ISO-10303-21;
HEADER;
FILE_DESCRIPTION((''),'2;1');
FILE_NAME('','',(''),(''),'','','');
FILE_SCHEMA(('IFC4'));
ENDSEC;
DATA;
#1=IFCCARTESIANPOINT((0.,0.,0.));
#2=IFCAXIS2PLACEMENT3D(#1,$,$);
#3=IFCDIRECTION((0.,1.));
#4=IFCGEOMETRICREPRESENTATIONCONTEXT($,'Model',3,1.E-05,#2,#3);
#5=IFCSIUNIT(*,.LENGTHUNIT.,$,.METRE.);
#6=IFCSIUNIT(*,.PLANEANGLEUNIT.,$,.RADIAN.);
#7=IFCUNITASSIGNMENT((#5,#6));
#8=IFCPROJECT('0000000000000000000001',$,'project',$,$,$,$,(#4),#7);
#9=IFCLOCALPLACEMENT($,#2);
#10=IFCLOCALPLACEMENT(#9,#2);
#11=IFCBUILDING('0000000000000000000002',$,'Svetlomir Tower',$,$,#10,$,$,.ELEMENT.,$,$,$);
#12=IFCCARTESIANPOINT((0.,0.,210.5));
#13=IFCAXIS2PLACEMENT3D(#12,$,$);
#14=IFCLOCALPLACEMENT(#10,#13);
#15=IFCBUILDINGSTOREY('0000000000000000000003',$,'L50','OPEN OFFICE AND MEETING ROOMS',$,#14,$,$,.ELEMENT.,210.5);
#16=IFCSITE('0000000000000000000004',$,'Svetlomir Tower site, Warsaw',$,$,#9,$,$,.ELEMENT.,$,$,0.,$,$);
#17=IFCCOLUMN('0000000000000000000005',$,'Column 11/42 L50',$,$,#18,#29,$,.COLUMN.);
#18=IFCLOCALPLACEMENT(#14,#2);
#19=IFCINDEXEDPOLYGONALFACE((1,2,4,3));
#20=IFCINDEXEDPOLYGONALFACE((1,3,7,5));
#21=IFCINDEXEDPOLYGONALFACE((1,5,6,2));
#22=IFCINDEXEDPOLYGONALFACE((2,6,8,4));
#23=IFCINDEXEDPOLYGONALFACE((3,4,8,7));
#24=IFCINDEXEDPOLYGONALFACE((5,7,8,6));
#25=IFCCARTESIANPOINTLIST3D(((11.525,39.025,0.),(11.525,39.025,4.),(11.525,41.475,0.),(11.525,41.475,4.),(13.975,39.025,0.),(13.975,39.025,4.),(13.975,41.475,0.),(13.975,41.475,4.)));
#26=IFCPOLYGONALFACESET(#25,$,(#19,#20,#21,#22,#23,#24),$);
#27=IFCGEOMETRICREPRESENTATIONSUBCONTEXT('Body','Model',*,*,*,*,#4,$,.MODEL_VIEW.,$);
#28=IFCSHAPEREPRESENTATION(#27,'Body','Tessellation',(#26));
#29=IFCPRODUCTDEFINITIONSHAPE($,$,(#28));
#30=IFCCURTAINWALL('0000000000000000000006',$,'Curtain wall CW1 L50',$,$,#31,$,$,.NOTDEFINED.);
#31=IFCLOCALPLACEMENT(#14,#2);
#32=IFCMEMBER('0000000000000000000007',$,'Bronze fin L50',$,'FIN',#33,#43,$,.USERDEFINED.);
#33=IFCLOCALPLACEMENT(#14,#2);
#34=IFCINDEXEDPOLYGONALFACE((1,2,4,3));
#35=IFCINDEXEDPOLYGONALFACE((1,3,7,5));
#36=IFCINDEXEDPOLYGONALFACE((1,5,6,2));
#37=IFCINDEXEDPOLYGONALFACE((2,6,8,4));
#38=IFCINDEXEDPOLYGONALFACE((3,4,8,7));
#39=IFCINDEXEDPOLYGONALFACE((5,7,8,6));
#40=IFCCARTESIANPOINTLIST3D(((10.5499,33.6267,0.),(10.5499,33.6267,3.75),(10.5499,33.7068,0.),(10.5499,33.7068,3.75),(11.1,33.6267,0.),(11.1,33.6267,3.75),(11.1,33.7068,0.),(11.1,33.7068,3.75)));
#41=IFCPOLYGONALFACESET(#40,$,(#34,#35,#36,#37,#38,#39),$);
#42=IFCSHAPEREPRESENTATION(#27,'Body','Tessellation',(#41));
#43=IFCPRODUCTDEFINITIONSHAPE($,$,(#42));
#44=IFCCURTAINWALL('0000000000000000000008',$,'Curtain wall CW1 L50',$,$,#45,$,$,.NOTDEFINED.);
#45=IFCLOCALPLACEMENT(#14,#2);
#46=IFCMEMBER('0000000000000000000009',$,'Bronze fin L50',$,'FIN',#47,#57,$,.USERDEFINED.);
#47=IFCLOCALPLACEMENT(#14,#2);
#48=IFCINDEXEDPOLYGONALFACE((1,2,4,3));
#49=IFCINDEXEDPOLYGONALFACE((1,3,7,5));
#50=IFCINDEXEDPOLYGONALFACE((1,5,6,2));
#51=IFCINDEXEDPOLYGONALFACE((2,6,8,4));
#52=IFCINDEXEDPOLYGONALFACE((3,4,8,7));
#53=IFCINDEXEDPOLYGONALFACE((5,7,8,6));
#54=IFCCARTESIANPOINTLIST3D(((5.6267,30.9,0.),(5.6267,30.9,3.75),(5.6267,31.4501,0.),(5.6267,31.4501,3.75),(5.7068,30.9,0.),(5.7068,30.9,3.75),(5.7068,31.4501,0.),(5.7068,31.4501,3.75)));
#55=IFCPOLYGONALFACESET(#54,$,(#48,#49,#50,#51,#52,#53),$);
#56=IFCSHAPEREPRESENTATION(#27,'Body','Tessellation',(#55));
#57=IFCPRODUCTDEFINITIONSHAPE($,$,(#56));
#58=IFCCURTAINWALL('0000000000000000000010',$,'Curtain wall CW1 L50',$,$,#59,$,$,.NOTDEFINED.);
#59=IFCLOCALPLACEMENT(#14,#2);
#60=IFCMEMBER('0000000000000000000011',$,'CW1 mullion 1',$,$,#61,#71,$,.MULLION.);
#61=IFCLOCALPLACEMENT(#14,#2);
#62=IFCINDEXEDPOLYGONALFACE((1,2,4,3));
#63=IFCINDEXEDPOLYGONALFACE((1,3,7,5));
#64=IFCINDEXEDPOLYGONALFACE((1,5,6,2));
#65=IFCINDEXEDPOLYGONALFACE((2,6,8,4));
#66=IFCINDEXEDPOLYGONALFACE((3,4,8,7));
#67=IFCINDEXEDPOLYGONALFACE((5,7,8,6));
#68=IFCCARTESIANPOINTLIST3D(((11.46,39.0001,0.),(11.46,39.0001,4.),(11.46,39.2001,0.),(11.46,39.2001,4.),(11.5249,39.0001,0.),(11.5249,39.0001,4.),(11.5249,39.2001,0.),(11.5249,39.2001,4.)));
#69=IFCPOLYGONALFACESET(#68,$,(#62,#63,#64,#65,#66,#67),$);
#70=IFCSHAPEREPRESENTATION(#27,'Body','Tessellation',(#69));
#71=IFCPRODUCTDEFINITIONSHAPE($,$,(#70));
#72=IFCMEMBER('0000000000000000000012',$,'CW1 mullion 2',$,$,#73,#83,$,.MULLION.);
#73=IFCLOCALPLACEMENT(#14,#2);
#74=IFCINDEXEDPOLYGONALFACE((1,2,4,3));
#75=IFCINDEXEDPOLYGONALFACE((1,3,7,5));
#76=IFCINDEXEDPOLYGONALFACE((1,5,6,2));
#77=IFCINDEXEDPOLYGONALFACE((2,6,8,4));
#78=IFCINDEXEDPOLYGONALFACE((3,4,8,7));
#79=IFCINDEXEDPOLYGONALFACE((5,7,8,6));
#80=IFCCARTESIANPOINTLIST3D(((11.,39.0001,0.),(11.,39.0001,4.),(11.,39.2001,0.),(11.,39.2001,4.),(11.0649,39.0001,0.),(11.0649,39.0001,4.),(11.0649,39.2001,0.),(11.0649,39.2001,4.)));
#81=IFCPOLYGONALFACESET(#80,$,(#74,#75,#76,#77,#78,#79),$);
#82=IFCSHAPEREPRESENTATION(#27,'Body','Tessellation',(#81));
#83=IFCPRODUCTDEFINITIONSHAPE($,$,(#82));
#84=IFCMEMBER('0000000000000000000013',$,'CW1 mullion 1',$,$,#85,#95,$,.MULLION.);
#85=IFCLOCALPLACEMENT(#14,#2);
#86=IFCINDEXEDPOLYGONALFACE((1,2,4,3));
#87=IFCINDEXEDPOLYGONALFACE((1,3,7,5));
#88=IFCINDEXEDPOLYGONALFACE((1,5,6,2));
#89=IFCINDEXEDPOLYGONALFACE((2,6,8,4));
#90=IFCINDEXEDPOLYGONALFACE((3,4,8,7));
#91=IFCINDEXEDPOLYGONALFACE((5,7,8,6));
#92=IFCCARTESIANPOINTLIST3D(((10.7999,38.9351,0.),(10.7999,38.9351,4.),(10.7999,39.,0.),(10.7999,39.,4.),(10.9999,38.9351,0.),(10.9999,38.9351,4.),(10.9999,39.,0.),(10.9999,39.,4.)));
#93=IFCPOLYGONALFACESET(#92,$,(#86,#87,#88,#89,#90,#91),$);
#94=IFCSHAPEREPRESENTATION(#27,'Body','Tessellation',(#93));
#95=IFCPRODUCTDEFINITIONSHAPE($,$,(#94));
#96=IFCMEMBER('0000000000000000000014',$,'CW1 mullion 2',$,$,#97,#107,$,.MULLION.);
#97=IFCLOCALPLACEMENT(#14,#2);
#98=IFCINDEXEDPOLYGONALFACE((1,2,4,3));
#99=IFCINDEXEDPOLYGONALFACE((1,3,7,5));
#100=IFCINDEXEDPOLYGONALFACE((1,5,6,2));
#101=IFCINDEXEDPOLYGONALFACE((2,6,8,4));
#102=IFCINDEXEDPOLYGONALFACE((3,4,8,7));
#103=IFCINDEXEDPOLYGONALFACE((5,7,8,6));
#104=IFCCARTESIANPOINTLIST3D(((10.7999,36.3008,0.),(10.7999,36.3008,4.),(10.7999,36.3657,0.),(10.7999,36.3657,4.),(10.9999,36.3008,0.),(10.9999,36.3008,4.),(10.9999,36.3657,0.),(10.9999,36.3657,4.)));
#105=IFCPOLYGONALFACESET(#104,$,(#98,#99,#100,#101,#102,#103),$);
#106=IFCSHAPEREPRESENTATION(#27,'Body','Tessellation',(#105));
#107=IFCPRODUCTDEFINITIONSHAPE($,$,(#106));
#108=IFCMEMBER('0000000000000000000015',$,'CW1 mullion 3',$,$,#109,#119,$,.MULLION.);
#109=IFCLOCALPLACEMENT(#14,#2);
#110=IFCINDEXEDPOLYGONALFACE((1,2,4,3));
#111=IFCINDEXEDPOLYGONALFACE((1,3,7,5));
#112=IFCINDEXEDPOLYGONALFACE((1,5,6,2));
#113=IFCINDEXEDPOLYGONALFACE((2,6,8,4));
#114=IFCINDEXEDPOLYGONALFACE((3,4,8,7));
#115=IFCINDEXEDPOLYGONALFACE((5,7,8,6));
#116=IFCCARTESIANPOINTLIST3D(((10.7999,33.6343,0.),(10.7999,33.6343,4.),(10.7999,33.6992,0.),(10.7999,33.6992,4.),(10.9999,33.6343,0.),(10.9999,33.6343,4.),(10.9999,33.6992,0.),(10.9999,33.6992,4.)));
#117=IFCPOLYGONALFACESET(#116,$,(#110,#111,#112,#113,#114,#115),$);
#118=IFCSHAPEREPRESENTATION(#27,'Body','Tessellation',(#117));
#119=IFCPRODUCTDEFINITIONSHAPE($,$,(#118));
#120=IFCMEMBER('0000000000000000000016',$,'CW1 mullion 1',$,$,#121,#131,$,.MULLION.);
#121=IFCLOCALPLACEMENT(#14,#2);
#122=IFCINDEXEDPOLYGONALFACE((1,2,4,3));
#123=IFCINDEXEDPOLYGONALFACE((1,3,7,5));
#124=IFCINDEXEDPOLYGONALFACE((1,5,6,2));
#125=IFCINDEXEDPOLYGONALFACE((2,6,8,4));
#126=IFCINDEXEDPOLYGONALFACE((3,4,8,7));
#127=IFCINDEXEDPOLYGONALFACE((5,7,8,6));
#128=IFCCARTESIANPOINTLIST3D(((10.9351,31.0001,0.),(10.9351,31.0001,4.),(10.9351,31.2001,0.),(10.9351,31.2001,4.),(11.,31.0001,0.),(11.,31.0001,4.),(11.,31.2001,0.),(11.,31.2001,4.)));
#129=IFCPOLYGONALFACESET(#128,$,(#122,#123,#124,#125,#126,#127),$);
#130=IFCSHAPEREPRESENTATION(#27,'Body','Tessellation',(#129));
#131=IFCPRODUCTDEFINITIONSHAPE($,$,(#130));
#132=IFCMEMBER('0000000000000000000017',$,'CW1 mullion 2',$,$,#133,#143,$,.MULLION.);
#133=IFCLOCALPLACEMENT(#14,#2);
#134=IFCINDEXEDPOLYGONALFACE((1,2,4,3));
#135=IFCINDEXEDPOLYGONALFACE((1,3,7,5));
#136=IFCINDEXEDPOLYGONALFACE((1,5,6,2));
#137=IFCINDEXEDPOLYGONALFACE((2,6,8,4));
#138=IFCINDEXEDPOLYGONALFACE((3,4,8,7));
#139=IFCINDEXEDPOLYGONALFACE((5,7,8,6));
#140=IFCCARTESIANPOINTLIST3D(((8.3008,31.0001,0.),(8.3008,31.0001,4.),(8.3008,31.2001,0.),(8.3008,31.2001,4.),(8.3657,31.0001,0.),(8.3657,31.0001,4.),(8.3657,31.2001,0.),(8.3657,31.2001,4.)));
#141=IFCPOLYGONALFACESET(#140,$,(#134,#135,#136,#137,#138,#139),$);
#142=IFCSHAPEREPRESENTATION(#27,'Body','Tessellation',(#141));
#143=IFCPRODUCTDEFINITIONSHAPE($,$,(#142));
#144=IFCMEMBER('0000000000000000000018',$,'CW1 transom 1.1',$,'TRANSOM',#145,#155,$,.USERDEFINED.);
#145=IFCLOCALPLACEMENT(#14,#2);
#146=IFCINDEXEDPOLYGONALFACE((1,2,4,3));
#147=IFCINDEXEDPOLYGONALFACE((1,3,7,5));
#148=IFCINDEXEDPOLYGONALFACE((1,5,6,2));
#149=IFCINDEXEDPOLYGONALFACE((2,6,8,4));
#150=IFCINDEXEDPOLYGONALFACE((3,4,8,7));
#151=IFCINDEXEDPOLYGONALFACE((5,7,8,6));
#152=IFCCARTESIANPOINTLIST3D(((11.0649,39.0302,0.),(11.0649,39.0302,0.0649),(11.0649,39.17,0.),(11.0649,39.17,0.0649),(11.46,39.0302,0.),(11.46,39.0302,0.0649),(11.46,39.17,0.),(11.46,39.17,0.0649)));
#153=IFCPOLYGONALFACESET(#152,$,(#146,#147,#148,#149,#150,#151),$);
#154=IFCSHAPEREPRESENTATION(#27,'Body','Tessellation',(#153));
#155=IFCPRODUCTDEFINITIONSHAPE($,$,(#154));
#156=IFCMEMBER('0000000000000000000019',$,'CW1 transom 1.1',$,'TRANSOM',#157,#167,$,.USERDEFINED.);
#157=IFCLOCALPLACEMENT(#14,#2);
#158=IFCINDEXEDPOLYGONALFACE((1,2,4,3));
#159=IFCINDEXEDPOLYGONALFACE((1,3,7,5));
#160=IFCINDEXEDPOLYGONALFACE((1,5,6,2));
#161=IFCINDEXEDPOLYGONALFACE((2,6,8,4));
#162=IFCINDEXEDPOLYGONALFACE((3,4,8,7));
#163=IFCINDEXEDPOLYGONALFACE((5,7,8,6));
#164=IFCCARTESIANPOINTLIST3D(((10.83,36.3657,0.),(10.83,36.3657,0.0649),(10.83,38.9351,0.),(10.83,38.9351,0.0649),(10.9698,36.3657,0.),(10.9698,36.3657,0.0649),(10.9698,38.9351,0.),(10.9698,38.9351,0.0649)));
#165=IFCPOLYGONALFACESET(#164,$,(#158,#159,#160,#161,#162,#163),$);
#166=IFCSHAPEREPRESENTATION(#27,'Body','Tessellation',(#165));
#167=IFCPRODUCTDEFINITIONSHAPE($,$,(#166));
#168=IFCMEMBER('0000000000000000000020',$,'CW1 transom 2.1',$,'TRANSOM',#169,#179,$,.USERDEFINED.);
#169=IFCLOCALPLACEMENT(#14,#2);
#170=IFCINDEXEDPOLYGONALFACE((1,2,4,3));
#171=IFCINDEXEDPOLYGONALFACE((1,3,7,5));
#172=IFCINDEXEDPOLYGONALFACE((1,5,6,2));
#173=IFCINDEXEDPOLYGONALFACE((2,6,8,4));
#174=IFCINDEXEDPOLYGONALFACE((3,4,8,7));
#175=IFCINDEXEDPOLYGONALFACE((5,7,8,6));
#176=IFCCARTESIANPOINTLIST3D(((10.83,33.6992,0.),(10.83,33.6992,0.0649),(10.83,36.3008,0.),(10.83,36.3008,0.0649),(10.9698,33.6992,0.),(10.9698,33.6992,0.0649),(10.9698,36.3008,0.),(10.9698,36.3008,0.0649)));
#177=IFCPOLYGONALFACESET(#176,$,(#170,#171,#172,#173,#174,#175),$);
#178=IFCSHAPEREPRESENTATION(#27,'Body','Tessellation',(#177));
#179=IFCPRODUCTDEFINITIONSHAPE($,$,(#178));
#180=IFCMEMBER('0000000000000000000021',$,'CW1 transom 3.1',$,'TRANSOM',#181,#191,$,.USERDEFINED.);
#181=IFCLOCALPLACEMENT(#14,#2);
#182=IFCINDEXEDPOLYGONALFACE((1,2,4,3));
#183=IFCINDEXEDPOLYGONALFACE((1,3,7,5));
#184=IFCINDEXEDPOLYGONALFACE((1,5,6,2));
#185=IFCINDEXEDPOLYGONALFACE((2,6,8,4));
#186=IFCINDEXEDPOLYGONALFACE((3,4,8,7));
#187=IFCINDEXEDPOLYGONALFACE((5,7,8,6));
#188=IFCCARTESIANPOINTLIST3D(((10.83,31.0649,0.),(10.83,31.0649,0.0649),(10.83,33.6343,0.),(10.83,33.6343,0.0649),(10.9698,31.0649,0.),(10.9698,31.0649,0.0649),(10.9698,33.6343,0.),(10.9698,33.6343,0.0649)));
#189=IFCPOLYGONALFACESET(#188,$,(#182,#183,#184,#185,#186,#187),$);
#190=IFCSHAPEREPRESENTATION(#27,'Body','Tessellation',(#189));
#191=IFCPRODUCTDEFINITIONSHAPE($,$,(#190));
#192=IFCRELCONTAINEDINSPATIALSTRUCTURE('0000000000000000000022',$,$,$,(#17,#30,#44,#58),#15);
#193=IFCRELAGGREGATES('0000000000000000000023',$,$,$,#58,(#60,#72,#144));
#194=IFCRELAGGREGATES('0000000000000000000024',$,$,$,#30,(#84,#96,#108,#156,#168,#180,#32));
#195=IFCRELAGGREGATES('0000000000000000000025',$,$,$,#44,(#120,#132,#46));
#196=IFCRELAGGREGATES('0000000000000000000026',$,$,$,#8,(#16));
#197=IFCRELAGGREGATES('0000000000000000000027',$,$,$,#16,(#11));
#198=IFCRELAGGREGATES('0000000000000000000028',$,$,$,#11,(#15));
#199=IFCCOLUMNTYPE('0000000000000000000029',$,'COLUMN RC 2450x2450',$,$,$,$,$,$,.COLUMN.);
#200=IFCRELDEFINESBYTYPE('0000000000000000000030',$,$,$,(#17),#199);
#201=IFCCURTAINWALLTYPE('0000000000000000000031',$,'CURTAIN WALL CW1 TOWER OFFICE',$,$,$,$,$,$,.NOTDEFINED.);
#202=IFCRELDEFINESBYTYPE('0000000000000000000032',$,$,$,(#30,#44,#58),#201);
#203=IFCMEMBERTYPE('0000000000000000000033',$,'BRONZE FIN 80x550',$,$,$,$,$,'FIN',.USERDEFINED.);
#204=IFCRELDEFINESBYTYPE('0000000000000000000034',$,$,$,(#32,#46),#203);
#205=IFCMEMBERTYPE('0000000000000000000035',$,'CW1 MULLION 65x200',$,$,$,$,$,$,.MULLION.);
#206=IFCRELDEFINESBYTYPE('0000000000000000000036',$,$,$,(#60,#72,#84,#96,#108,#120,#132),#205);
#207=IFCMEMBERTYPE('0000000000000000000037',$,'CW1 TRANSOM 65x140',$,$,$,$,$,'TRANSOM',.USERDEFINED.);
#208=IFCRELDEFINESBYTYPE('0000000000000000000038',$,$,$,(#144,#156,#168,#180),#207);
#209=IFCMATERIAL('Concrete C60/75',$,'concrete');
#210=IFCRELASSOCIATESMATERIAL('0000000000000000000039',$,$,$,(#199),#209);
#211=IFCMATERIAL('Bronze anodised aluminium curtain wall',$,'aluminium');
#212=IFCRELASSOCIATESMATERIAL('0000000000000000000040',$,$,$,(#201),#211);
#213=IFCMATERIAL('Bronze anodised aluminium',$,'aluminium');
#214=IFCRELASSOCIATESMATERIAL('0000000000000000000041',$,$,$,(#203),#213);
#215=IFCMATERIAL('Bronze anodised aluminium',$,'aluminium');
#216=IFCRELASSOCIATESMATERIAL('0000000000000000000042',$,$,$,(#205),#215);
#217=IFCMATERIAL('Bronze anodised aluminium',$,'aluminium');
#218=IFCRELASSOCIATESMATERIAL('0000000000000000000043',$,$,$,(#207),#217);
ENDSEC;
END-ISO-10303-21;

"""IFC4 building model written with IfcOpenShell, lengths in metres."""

from ifc_helpers import new_model, si_unit, direction, frame, origin, origin_2d, place, context, subcontext, project, spatial, rectangle, extrude, material, material_profile, profile_set, type_object, element, aggregate, save


model = new_model("IFC4")

# Units and contexts
model_context = context("Model", 3, precision=1e-05, world=origin(), true_north=direction((0.0, 1.0)))
body_context = subcontext(model_context, "Body", "Model", "MODEL_VIEW")
ifc_project = project(units=[si_unit("LENGTHUNIT", "METRE"), si_unit("PLANEANGLEUNIT", "RADIAN")], contexts=[model_context])

# Site, building, storey
site_placement = place(None, origin())
site = spatial("IfcSite", under=ifc_project, at=site_placement, Name="Svetlomir Tower site, Warsaw", CompositionType="ELEMENT", RefElevation=0.0)
building_placement = place(site_placement, origin())
building = spatial("IfcBuilding", under=site, at=building_placement, Name="Svetlomir Tower", CompositionType="ELEMENT")
storey_placement = place(building_placement, frame((0.0, 0.0, 210.5)))
storey = spatial("IfcBuildingStorey", under=building, at=storey_placement, Name="L50", Description="OPEN OFFICE AND MEETING ROOMS", CompositionType="ELEMENT", Elevation=210.5)

# Column
ifc_material_1 = material(Name="Concrete C60/75", Category="concrete")
ifc_material_profile_1 = material_profile(ifc_material_1, rectangle(XDim=2.45, YDim=2.45, at=origin_2d()), Name="RC 2450x2450")
ifc_profile_set_1 = profile_set([ifc_material_profile_1], Name="Concrete C60/75")
column_type = type_object("IfcColumnType", Name="COLUMN RC 2450x2450", PredefinedType="COLUMN", material=ifc_profile_set_1)
column_placement = place(storey_placement, frame((12.75, 40.25, 0.0), z_axis=(0.0, 0.0, 1.0), x_axis=(1.0, 0.0, 0.0)))
element("IfcColumn", 1, at=column_placement, inside=storey, type_object=column_type, Name="Column 11/42 L50", PredefinedType="COLUMN", context=body_context, shape_type="SweptSolid", body=[
    extrude(rectangle(XDim=2.45, YDim=2.45, at=origin_2d()), origin(), (0.0, 0.0, 1.0), 4.0),
])

# Curtain walls, members
ifc_material_2 = material(Name="Bronze anodised aluminium curtain wall", Category="aluminium")
curtain_wall_type = type_object("IfcCurtainWallType", Name="CURTAIN WALL CW1 TOWER OFFICE", PredefinedType="NOTDEFINED", material=ifc_material_2)
curtain_wall_1_placement = place(storey_placement, origin())
curtain_wall_1 = element("IfcCurtainWall", 2, at=curtain_wall_1_placement, inside=storey, type_object=curtain_wall_type, Name="Curtain wall CW1 L50", PredefinedType="NOTDEFINED")
ifc_material_3 = material(Name="Bronze anodised aluminium", Category="aluminium")
ifc_material_profile_2 = material_profile(ifc_material_3, rectangle(XDim=0.0801, YDim=0.55, at=origin_2d()), Name="FIN 80x550")
ifc_profile_set_2 = profile_set([ifc_material_profile_2], Name="Bronze anodised aluminium 6063-T6")
member_type_1 = type_object("IfcMemberType", Name="BRONZE FIN 80x550", ElementType="FIN", PredefinedType="USERDEFINED", material=ifc_profile_set_2)
member_1_placement = place(storey_placement, frame((10.825, 33.6667, 0.0), z_axis=(0.0, 0.0, 1.0), x_axis=(0.0, 1.0, 0.0)))
member_1 = element("IfcMember", 3, at=member_1_placement, type_object=member_type_1, Name="Bronze fin L50", ObjectType="FIN", PredefinedType="USERDEFINED", context=body_context, shape_type="SweptSolid", body=[
    extrude(rectangle(XDim=0.0801, YDim=0.55, at=origin_2d()), origin(), (0.0, 0.0, 1.0), 3.75),
])
curtain_wall_2_placement = place(storey_placement, origin())
curtain_wall_2 = element("IfcCurtainWall", 4, at=curtain_wall_2_placement, inside=storey, type_object=curtain_wall_type, Name="Curtain wall CW1 L50", PredefinedType="NOTDEFINED")
member_2_placement = place(storey_placement, frame((5.6667, 31.175, 0.0), z_axis=(0.0, 0.0, 1.0), x_axis=(1.0, 0.0, 0.0)))
member_2 = element("IfcMember", 5, at=member_2_placement, type_object=member_type_1, Name="Bronze fin L50", ObjectType="FIN", PredefinedType="USERDEFINED", context=body_context, shape_type="SweptSolid", body=[
    extrude(rectangle(XDim=0.0801, YDim=0.55, at=origin_2d()), origin(), (0.0, 0.0, 1.0), 3.75),
])

# Curtain wall, members
curtain_wall_3_placement = place(storey_placement, origin())
curtain_wall_3 = element("IfcCurtainWall", 6, at=curtain_wall_3_placement, inside=storey, type_object=curtain_wall_type, Name="Curtain wall CW1 L50", PredefinedType="NOTDEFINED")
ifc_material_4 = material(Name="Bronze anodised aluminium", Category="aluminium")
ifc_material_profile_3 = material_profile(ifc_material_4, rectangle(XDim=0.0649, YDim=0.2, at=origin_2d()), Name="AL 65x200")
ifc_profile_set_3 = profile_set([ifc_material_profile_3], Name="Bronze anodised aluminium 6063-T6")
member_type_2 = type_object("IfcMemberType", Name="CW1 MULLION 65x200", PredefinedType="MULLION", material=ifc_profile_set_3)
member_3_placement = place(storey_placement, frame((11.4924, 39.1001, 0.0), z_axis=(0.0, 0.0, 1.0), x_axis=(-1.0, 0.0, 0.0)))
member_3 = element("IfcMember", 7, at=member_3_placement, type_object=member_type_2, Name="CW1 mullion 1", PredefinedType="MULLION", context=body_context, shape_type="SweptSolid", body=[
    extrude(rectangle(XDim=0.0649, YDim=0.2, at=origin_2d()), origin(), (0.0, 0.0, 1.0), 4.0),
])
member_4_placement = place(storey_placement, frame((11.0325, 39.1001, 0.0), z_axis=(0.0, 0.0, 1.0), x_axis=(-1.0, 0.0, 0.0)))
member_4 = element("IfcMember", 8, at=member_4_placement, type_object=member_type_2, Name="CW1 mullion 2", PredefinedType="MULLION", context=body_context, shape_type="SweptSolid", body=[
    extrude(rectangle(XDim=0.0649, YDim=0.2, at=origin_2d()), origin(), (0.0, 0.0, 1.0), 4.0),
])

# Members
member_5_placement = place(storey_placement, frame((10.8999, 38.9675, 0.0), z_axis=(0.0, 0.0, 1.0), x_axis=(0.0, -1.0, 0.0)))
member_5 = element("IfcMember", 9, at=member_5_placement, type_object=member_type_2, Name="CW1 mullion 1", PredefinedType="MULLION", context=body_context, shape_type="SweptSolid", body=[
    extrude(rectangle(XDim=0.0649, YDim=0.2, at=origin_2d()), origin(), (0.0, 0.0, 1.0), 4.0),
])
member_6_placement = place(storey_placement, frame((10.8999, 36.3333, 0.0), z_axis=(0.0, 0.0, 1.0), x_axis=(0.0, -1.0, 0.0)))
member_6 = element("IfcMember", 10, at=member_6_placement, type_object=member_type_2, Name="CW1 mullion 2", PredefinedType="MULLION", context=body_context, shape_type="SweptSolid", body=[
    extrude(rectangle(XDim=0.0649, YDim=0.2, at=origin_2d()), origin(), (0.0, 0.0, 1.0), 4.0),
])
member_7_placement = place(storey_placement, frame((10.8999, 33.6667, 0.0), z_axis=(0.0, 0.0, 1.0), x_axis=(0.0, -1.0, 0.0)))
member_7 = element("IfcMember", 11, at=member_7_placement, type_object=member_type_2, Name="CW1 mullion 3", PredefinedType="MULLION", context=body_context, shape_type="SweptSolid", body=[
    extrude(rectangle(XDim=0.0649, YDim=0.2, at=origin_2d()), origin(), (0.0, 0.0, 1.0), 4.0),
])
member_8_placement = place(storey_placement, frame((10.9675, 31.1001, 0.0), z_axis=(0.0, 0.0, 1.0), x_axis=(-1.0, 0.0, 0.0)))
member_8 = element("IfcMember", 12, at=member_8_placement, type_object=member_type_2, Name="CW1 mullion 1", PredefinedType="MULLION", context=body_context, shape_type="SweptSolid", body=[
    extrude(rectangle(XDim=0.0649, YDim=0.2, at=origin_2d()), origin(), (0.0, 0.0, 1.0), 4.0),
])
member_9_placement = place(storey_placement, frame((8.3333, 31.1001, 0.0), z_axis=(0.0, 0.0, 1.0), x_axis=(-1.0, 0.0, 0.0)))
member_9 = element("IfcMember", 13, at=member_9_placement, type_object=member_type_2, Name="CW1 mullion 2", PredefinedType="MULLION", context=body_context, shape_type="SweptSolid", body=[
    extrude(rectangle(XDim=0.0649, YDim=0.2, at=origin_2d()), origin(), (0.0, 0.0, 1.0), 4.0),
])
ifc_material_5 = material(Name="Bronze anodised aluminium", Category="aluminium")
ifc_material_profile_4 = material_profile(ifc_material_5, rectangle(XDim=0.1399, YDim=0.0649, at=origin_2d()), Name="AL 140x65")
ifc_profile_set_4 = profile_set([ifc_material_profile_4], Name="Bronze anodised aluminium 6063-T6")
member_type_3 = type_object("IfcMemberType", Name="CW1 TRANSOM 65x140", ElementType="TRANSOM", PredefinedType="USERDEFINED", material=ifc_profile_set_4)
member_10_placement = place(storey_placement, frame((11.46, 39.1001, 0.0325), z_axis=(-1.0, 0.0, 0.0), x_axis=(0.0, -1.0, 0.0)))
member_10 = element("IfcMember", 14, at=member_10_placement, type_object=member_type_3, Name="CW1 transom 1.1", ObjectType="TRANSOM", PredefinedType="USERDEFINED", context=body_context, shape_type="SweptSolid", body=[
    extrude(rectangle(XDim=0.1399, YDim=0.0649, at=origin_2d()), origin(), (0.0, 0.0, 1.0), 0.395),
])
member_11_placement = place(storey_placement, frame((10.8999, 38.9351, 0.0325), z_axis=(0.0, -1.0, 0.0), x_axis=(1.0, 0.0, 0.0)))
member_11 = element("IfcMember", 15, at=member_11_placement, type_object=member_type_3, Name="CW1 transom 1.1", ObjectType="TRANSOM", PredefinedType="USERDEFINED", context=body_context, shape_type="SweptSolid", body=[
    extrude(rectangle(XDim=0.1399, YDim=0.0649, at=origin_2d()), origin(), (0.0, 0.0, 1.0), 2.5693),
])
member_12_placement = place(storey_placement, frame((10.8999, 36.3008, 0.0325), z_axis=(0.0, -1.0, 0.0), x_axis=(1.0, 0.0, 0.0)))
member_12 = element("IfcMember", 16, at=member_12_placement, type_object=member_type_3, Name="CW1 transom 2.1", ObjectType="TRANSOM", PredefinedType="USERDEFINED", context=body_context, shape_type="SweptSolid", body=[
    extrude(rectangle(XDim=0.1399, YDim=0.0649, at=origin_2d()), origin(), (0.0, 0.0, 1.0), 2.6016),
])
member_13_placement = place(storey_placement, frame((10.8999, 33.6343, 0.0325), z_axis=(0.0, -1.0, 0.0), x_axis=(1.0, 0.0, 0.0)))
member_13 = element("IfcMember", 17, at=member_13_placement, type_object=member_type_3, Name="CW1 transom 3.1", ObjectType="TRANSOM", PredefinedType="USERDEFINED", context=body_context, shape_type="SweptSolid", body=[
    extrude(rectangle(XDim=0.1399, YDim=0.0649, at=origin_2d()), origin(), (0.0, 0.0, 1.0), 2.5693),
])

aggregate(curtain_wall_3, [member_3, member_4, member_10])
aggregate(curtain_wall_1, [member_5, member_6, member_7, member_11, member_12, member_13, member_1])
aggregate(curtain_wall_2, [member_8, member_9, member_2])

save(model, "model.ifc")
